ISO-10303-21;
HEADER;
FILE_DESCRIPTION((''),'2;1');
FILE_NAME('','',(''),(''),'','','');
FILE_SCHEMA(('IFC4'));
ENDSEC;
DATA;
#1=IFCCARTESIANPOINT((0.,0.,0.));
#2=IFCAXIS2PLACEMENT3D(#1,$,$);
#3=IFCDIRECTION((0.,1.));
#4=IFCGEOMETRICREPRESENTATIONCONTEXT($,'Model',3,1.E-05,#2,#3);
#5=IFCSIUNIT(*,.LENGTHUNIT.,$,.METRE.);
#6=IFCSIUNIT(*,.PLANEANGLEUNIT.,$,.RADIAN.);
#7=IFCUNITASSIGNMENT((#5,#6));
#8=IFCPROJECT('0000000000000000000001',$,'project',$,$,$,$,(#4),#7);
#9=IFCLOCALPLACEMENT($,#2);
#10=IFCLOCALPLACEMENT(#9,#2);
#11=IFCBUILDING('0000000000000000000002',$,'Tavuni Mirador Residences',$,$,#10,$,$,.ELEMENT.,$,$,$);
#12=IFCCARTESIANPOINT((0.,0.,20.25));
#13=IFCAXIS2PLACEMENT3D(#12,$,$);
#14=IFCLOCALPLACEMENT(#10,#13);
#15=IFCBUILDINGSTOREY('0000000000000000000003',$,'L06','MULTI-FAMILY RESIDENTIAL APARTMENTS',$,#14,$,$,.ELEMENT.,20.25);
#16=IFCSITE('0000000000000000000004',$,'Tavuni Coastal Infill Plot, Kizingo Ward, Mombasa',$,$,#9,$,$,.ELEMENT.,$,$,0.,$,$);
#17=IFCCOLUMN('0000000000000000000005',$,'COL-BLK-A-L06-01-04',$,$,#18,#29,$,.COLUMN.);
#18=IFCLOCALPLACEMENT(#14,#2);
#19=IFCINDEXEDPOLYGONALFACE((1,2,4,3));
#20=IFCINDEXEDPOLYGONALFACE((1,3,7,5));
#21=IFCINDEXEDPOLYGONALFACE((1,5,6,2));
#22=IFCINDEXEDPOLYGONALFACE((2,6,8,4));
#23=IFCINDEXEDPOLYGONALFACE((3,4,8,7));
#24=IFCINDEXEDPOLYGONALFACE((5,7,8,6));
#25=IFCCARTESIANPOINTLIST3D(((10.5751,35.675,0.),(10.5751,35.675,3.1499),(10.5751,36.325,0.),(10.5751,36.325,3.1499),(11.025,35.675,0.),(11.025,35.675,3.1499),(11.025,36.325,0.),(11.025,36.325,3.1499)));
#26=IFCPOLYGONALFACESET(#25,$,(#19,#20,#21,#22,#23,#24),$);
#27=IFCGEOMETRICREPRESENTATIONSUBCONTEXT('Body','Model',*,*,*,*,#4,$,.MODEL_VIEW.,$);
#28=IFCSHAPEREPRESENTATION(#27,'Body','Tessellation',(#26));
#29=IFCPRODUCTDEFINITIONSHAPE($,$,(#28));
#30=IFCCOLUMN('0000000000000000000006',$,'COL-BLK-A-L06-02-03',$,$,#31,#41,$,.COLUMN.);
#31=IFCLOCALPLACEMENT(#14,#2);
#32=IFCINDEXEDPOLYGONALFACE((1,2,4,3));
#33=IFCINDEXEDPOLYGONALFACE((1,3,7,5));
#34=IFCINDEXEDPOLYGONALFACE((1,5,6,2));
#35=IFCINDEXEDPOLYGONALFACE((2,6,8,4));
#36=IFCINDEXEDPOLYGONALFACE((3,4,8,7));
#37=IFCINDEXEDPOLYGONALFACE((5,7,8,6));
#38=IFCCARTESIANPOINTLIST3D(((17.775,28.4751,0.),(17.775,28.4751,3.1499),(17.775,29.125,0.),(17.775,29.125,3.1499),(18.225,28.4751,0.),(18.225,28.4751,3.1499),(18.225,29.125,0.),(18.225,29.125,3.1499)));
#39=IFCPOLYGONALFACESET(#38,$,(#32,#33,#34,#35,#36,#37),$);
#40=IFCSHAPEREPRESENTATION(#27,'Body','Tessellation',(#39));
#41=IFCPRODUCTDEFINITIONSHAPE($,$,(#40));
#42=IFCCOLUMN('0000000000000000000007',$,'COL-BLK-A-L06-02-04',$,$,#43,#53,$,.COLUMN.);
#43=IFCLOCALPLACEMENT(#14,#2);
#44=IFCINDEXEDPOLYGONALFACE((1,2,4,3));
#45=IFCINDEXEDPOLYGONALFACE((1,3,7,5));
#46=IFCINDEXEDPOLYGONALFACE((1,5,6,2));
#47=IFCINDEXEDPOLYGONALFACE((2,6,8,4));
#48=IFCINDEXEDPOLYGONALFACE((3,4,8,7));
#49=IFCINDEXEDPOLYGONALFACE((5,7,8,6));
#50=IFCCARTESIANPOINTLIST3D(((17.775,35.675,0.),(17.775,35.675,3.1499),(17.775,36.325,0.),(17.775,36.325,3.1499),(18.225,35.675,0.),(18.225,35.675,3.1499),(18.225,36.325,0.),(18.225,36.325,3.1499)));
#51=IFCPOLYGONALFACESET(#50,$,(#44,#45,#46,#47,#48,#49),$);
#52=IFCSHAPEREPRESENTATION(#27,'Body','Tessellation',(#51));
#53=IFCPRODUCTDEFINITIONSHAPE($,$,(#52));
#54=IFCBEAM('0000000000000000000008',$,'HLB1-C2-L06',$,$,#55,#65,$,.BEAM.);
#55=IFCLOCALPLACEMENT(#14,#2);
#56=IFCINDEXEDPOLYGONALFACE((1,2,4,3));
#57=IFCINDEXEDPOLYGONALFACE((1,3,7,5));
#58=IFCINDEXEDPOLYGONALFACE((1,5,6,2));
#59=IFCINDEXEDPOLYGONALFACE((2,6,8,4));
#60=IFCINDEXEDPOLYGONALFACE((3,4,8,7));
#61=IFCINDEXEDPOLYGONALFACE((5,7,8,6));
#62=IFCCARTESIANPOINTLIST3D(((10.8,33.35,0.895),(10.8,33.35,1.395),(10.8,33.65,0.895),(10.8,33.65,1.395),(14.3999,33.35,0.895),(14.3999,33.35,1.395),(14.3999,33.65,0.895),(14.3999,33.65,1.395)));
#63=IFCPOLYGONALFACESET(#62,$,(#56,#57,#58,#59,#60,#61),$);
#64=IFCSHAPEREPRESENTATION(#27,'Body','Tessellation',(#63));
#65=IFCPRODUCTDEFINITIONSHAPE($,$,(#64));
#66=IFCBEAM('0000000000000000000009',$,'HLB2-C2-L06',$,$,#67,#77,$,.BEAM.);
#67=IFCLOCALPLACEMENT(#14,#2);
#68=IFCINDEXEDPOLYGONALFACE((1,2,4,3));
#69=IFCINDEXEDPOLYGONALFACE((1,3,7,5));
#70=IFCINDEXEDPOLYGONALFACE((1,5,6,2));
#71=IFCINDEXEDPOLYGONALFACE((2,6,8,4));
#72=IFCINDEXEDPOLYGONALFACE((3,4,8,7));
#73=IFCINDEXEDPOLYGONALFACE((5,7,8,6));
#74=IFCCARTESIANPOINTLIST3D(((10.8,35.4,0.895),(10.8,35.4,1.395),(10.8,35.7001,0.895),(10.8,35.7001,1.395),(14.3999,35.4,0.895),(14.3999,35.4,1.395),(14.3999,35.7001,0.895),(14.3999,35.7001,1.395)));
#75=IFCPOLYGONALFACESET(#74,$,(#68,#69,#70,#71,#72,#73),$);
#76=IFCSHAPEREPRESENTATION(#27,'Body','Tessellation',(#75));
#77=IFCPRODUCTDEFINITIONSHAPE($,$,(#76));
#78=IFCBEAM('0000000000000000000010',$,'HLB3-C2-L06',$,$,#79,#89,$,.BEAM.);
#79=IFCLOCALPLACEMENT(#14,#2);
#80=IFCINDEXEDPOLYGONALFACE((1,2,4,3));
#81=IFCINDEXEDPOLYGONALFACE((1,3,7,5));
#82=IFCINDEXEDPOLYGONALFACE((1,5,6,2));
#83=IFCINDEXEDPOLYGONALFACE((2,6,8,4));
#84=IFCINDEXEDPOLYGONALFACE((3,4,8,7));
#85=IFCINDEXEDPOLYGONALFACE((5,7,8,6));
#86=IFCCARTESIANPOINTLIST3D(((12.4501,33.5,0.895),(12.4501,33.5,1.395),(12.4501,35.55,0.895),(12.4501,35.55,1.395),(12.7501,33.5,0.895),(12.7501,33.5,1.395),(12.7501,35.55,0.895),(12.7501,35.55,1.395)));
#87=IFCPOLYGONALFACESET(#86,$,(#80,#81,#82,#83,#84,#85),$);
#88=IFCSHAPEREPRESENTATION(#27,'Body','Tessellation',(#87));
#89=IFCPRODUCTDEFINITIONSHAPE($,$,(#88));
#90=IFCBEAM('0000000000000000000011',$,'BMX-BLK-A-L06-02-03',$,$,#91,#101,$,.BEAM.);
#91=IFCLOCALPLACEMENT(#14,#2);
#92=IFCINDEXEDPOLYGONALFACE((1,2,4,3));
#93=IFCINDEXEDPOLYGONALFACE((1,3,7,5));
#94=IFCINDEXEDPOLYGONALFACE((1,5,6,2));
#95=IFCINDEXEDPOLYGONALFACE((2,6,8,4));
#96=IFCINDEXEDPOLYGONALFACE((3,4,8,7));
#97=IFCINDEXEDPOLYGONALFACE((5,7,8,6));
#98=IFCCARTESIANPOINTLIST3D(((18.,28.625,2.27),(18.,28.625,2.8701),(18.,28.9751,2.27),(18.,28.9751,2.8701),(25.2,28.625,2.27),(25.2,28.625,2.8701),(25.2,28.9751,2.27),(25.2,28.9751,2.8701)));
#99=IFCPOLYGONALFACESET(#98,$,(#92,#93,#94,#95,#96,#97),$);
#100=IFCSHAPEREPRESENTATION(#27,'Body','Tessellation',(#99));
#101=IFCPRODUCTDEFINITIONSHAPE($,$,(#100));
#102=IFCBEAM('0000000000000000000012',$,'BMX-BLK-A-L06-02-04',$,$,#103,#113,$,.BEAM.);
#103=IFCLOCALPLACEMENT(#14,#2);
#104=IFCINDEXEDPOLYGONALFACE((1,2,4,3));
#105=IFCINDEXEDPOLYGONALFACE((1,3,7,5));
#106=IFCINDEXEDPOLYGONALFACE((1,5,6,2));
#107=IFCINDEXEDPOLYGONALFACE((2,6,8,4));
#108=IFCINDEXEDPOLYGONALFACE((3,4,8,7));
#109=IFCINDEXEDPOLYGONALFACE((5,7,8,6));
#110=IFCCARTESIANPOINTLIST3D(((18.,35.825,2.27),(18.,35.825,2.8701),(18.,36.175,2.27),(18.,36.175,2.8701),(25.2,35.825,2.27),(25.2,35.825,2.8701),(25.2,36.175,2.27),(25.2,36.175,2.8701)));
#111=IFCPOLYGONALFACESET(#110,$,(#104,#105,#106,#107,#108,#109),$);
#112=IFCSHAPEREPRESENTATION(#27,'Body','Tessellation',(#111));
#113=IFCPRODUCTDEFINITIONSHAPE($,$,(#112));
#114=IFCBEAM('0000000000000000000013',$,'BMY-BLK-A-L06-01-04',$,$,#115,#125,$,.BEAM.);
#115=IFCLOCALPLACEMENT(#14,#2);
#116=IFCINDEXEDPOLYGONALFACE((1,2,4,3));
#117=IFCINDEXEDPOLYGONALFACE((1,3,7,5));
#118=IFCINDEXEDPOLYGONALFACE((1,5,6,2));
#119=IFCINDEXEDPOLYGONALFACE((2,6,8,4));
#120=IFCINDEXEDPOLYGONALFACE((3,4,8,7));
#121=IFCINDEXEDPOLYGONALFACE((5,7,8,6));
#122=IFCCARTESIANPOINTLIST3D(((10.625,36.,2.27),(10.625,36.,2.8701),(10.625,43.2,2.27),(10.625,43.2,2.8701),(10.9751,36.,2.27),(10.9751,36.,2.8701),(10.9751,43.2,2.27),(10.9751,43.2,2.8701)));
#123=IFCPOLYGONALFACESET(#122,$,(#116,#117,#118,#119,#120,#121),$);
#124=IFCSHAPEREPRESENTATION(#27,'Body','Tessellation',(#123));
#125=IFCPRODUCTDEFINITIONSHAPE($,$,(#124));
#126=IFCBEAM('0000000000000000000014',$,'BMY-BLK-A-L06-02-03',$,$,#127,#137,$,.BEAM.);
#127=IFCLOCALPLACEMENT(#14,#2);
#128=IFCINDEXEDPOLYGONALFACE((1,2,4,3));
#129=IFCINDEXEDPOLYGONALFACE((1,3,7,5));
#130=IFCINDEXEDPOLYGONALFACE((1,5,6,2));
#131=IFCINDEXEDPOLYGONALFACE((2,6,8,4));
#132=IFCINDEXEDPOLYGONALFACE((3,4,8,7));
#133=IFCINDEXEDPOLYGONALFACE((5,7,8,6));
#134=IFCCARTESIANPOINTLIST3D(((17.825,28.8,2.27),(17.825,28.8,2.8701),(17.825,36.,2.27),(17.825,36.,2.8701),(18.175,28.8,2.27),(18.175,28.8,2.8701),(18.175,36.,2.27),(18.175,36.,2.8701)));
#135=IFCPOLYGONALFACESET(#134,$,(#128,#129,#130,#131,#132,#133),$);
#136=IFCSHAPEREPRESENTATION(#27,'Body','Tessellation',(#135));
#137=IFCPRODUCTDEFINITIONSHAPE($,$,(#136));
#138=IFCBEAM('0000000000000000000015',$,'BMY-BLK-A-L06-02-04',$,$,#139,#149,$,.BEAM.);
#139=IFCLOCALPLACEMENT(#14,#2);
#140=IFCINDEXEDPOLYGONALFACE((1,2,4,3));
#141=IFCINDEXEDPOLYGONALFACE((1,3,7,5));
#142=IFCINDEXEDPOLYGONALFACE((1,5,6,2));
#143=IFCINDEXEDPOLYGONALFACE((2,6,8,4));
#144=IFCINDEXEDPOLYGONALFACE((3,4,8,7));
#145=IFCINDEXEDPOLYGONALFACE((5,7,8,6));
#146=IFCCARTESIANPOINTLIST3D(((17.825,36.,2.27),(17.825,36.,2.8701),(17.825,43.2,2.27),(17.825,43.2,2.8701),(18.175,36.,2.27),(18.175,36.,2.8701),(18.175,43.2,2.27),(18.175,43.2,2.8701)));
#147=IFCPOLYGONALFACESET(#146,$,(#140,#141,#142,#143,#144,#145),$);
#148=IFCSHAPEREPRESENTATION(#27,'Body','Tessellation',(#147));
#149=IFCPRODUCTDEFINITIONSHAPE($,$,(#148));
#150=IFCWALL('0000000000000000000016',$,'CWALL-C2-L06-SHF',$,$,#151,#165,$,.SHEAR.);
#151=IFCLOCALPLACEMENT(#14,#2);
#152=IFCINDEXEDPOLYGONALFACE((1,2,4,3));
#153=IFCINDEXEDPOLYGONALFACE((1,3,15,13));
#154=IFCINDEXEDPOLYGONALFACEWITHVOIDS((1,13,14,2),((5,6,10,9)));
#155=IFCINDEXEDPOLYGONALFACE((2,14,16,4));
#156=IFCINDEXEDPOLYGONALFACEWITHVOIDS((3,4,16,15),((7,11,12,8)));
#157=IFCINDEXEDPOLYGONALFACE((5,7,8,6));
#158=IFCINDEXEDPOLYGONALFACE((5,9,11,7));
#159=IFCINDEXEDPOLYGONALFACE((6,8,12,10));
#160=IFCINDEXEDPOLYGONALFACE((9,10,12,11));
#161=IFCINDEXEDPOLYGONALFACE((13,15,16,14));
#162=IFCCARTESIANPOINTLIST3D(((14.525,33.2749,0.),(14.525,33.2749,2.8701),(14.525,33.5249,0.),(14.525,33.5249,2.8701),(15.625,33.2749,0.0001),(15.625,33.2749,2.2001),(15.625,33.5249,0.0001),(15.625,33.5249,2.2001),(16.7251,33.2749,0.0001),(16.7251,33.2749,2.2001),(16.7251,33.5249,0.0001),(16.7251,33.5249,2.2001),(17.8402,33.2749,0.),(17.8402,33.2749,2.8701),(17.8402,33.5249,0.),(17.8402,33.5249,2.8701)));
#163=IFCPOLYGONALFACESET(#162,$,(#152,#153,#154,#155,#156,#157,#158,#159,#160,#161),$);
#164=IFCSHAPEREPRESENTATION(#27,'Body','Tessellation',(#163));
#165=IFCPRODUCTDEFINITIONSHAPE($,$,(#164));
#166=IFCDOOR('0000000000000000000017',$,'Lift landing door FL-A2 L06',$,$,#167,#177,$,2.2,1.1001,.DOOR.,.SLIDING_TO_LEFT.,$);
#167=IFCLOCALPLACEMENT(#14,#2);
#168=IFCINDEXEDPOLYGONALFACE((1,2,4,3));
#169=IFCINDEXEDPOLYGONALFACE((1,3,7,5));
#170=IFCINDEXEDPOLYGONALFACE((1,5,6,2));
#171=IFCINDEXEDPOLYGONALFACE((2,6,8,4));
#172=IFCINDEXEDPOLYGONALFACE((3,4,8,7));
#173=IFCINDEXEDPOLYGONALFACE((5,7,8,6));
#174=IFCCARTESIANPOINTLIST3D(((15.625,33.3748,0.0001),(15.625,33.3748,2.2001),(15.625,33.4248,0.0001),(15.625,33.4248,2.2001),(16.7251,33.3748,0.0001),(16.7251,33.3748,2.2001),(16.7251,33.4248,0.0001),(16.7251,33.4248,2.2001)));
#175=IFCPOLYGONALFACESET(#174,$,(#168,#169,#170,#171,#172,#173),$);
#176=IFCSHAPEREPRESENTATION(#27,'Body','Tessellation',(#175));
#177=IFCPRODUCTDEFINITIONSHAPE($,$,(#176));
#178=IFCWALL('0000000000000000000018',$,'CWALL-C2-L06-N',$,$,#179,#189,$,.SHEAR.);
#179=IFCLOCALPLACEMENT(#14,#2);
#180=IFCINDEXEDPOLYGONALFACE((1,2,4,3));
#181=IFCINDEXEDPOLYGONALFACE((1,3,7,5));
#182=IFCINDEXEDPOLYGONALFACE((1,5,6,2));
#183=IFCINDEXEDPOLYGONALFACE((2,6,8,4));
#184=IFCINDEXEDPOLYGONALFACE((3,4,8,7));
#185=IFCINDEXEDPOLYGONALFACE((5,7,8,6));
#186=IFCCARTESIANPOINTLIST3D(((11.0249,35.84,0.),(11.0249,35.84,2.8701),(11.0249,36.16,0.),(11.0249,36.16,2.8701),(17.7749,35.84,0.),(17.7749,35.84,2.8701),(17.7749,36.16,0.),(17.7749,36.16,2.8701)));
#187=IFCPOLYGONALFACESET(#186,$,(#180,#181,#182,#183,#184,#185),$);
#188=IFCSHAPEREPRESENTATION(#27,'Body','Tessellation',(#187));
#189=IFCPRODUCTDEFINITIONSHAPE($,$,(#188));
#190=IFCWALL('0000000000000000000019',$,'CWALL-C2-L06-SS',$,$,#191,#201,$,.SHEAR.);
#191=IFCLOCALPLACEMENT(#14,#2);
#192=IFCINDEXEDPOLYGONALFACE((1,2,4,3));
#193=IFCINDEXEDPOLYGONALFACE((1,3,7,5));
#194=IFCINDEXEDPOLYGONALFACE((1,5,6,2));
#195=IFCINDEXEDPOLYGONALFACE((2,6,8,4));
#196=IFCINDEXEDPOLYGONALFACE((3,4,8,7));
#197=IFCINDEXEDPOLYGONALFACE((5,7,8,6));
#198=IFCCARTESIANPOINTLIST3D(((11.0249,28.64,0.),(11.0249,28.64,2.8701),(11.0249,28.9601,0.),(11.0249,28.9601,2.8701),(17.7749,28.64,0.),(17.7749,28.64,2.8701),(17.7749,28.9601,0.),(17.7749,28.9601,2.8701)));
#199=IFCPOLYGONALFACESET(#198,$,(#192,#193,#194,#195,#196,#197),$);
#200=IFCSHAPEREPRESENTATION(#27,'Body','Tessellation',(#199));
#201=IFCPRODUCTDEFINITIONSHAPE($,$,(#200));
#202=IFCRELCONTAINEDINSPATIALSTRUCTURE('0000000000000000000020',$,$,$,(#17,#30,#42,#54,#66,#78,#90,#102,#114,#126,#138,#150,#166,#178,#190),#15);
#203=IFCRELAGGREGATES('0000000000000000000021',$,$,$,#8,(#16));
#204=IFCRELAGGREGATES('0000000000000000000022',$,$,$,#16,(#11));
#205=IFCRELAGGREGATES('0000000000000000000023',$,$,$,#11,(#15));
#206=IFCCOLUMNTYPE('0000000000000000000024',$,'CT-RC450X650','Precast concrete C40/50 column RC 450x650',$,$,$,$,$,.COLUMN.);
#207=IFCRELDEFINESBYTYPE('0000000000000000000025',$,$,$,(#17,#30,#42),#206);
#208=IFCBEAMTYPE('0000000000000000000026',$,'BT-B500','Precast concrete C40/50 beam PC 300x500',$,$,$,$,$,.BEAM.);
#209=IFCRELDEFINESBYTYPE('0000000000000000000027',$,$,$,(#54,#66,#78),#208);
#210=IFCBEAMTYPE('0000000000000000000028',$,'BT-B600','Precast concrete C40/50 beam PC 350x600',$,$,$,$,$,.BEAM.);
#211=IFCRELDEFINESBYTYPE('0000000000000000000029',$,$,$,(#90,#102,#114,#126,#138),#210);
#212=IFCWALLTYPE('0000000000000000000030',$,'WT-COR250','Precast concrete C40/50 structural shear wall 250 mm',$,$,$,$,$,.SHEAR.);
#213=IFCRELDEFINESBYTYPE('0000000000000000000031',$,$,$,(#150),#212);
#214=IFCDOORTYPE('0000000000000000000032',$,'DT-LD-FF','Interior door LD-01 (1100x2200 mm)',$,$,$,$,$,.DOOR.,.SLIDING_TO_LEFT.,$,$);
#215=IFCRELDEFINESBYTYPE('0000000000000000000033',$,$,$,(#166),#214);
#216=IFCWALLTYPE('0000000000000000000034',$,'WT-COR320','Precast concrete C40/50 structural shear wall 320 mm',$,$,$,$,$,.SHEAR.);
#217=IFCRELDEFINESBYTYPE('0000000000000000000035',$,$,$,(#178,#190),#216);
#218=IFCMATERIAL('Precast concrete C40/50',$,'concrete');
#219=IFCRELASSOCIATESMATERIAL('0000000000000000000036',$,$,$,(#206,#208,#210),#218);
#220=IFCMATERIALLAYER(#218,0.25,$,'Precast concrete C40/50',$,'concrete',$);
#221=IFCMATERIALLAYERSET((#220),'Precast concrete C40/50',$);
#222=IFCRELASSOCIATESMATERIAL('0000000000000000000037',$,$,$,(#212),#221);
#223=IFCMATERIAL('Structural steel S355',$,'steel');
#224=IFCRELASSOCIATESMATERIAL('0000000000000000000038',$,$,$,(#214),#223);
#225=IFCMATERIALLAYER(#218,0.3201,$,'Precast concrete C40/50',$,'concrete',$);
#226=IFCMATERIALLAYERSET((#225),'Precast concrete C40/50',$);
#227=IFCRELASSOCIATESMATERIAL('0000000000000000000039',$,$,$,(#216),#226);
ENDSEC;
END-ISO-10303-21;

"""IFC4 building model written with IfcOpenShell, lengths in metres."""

from ifc_helpers import new_model, si_unit, direction, frame, frame_2d, origin, origin_2d, place, context, subcontext, project, spatial, rectangle, extrude, material, layer, layer_set, material_profile, profile_set, type_object, element, fill, save


model = new_model("IFC4")

# Units and contexts
model_context = context("Model", 3, precision=1e-05, world=origin(), true_north=direction((0.0, 1.0)))
body_context = subcontext(model_context, "Body", "Model", "MODEL_VIEW")
ifc_project = project(units=[si_unit("LENGTHUNIT", "METRE"), si_unit("PLANEANGLEUNIT", "RADIAN")], contexts=[model_context])

# Site, building, storey
site_placement = place(None, origin())
site = spatial("IfcSite", under=ifc_project, at=site_placement, Name="Tavuni Coastal Infill Plot, Kizingo Ward, Mombasa", CompositionType="ELEMENT", RefElevation=0.0)
building_placement = place(site_placement, origin())
building = spatial("IfcBuilding", under=site, at=building_placement, Name="Tavuni Mirador Residences", CompositionType="ELEMENT")
storey_placement = place(building_placement, frame((0.0, 0.0, 20.25)))
storey = spatial("IfcBuildingStorey", under=building, at=storey_placement, Name="L06", Description="MULTI-FAMILY RESIDENTIAL APARTMENTS", CompositionType="ELEMENT", Elevation=20.25)

# Columns
ifc_material_1 = material(Name="Precast concrete C40/50", Category="concrete")
ifc_material_profile_1 = material_profile(ifc_material_1, rectangle(XDim=0.45, YDim=0.6499, at=origin_2d()), Name="RC 450x650", Category="concrete")
ifc_profile_set_1 = profile_set([ifc_material_profile_1], Name="Precast concrete C40/50")
column_type = type_object("IfcColumnType", Name="CT-RC450X650", Description="Precast concrete C40/50 column RC 450x650", PredefinedType="COLUMN", material=ifc_profile_set_1)
for number, where, z_axis, x_axis, name in (
    (1, (10.8, 36.0, 0.0), (0.0, 0.0, 1.0), (1.0, 0.0, 0.0), "COL-BLK-A-L06-01-04"),
    (2, (18.0, 28.8, 0.0), (0.0, 0.0, 1.0), (1.0, 0.0, 0.0), "COL-BLK-A-L06-02-03"),
    (3, (18.0, 36.0, 0.0), (0.0, 0.0, 1.0), (1.0, 0.0, 0.0), "COL-BLK-A-L06-02-04"),
):
    element("IfcColumn", number, at=place(storey_placement, frame(where, z_axis=z_axis, x_axis=x_axis)), inside=storey, type_object=column_type, Name=name, PredefinedType="COLUMN", context=body_context, shape_type="SweptSolid", body=[
        extrude(rectangle(XDim=0.45, YDim=0.6499, at=origin_2d()), origin(), (0.0, 0.0, 1.0), 3.1499),
    ])

# Beams
ifc_material_profile_2 = material_profile(ifc_material_1, rectangle(XDim=0.3, YDim=0.5, at=origin_2d()), Name="PC 300x500", Category="concrete")
ifc_profile_set_2 = profile_set([ifc_material_profile_2], Name="Precast concrete C40/50")
beam_type_1 = type_object("IfcBeamType", Name="BT-B500", Description="Precast concrete C40/50 beam PC 300x500", PredefinedType="BEAM", material=ifc_profile_set_2)
for number, where, z_axis, x_axis, name in (
    (4, (10.8, 33.5, 1.145), (1.0, 0.0, 0.0), (0.0, 1.0, 0.0), "HLB1-C2-L06"),
    (5, (10.8, 35.55, 1.145), (1.0, 0.0, 0.0), (0.0, 1.0, 0.0), "HLB2-C2-L06"),
):
    element("IfcBeam", number, at=place(storey_placement, frame(where, z_axis=z_axis, x_axis=x_axis)), inside=storey, type_object=beam_type_1, Name=name, PredefinedType="BEAM", context=body_context, shape_type="SweptSolid", body=[
        extrude(rectangle(XDim=0.3, YDim=0.5, at=origin_2d()), origin(), (0.0, 0.0, 1.0), 3.5999),
    ])
beam_placement = place(storey_placement, frame((12.6001, 33.5, 1.145), z_axis=(0.0, 1.0, 0.0), x_axis=(-1.0, 0.0, 0.0)))
element("IfcBeam", 6, at=beam_placement, inside=storey, type_object=beam_type_1, Name="HLB3-C2-L06", PredefinedType="BEAM", context=body_context, shape_type="SweptSolid", body=[
    extrude(rectangle(XDim=0.3, YDim=0.5, at=origin_2d()), origin(), (0.0, 0.0, 1.0), 2.05),
])
ifc_material_profile_3 = material_profile(ifc_material_1, rectangle(XDim=0.3501, YDim=0.6001, at=origin_2d()), Name="PC 350x600", Category="concrete")
ifc_profile_set_3 = profile_set([ifc_material_profile_3], Name="Precast concrete C40/50")
beam_type_2 = type_object("IfcBeamType", Name="BT-B600", Description="Precast concrete C40/50 beam PC 350x600", PredefinedType="BEAM", material=ifc_profile_set_3)
for number, where, z_axis, x_axis, name in (
    (7, (18.0, 28.8, 2.5701), (1.0, 0.0, 0.0), (0.0, 1.0, 0.0), "BMX-BLK-A-L06-02-03"),
    (8, (18.0, 36.0, 2.5701), (1.0, 0.0, 0.0), (0.0, 1.0, 0.0), "BMX-BLK-A-L06-02-04"),
    (9, (10.8, 36.0, 2.5701), (0.0, 1.0, 0.0), (-1.0, 0.0, 0.0), "BMY-BLK-A-L06-01-04"),
    (10, (18.0, 28.8, 2.5701), (0.0, 1.0, 0.0), (-1.0, 0.0, 0.0), "BMY-BLK-A-L06-02-03"),
    (11, (18.0, 36.0, 2.5701), (0.0, 1.0, 0.0), (-1.0, 0.0, 0.0), "BMY-BLK-A-L06-02-04"),
):
    element("IfcBeam", number, at=place(storey_placement, frame(where, z_axis=z_axis, x_axis=x_axis)), inside=storey, type_object=beam_type_2, Name=name, PredefinedType="BEAM", context=body_context, shape_type="SweptSolid", body=[
        extrude(rectangle(XDim=0.3501, YDim=0.6001, at=origin_2d()), origin(), (0.0, 0.0, 1.0), 7.2),
    ])

# Wall, opening, door
ifc_layer_1 = layer(ifc_material_1, 0.25, Name="Precast concrete C40/50", Category="concrete")
ifc_layer_set_1 = layer_set([ifc_layer_1], Name="Precast concrete C40/50")
wall_type_1 = type_object("IfcWallType", Name="WT-COR250", Description="Precast concrete C40/50 structural shear wall 250 mm", PredefinedType="SHEAR", material=ifc_layer_set_1)
wall_1_placement = place(storey_placement, frame((14.5249, 33.3999, 0.0), z_axis=(0.0, 0.0, 1.0), x_axis=(1.0, 0.0, 0.0)))
wall_1 = element("IfcWall", 12, at=wall_1_placement, inside=storey, type_object=wall_type_1, Name="CWALL-C2-L06-SHF", PredefinedType="SHEAR", context=body_context, shape_type="SweptSolid", body=[
    extrude(rectangle(XDim=3.3152, YDim=0.25, at=frame_2d((1.6577, 0.0))), origin(), (0.0, 0.0, 1.0), 2.8701),
])
opening_1_placement = place(wall_1_placement, frame((1.1001, 0.0, 0.0)))
opening_1 = element("IfcOpeningElement", 13, at=opening_1_placement, cuts=wall_1, PredefinedType="OPENING", context=body_context, shape_type="SweptSolid", body=[
    extrude(rectangle(XDim=1.1001, YDim=2.2, at=frame_2d((0.55, 1.1001))), frame((0.0, 0.135, 0.0), z_axis=(0.0, -1.0, 0.0), x_axis=(1.0, 0.0, 0.0)), (0.0, 0.0, 1.0), 0.27),
])
ifc_material_2 = material(Name="Structural steel S355", Category="steel")
door_type_1 = type_object("IfcDoorType", Name="DT-LD-FF", Description="Interior door LD-01 (1100x2200 mm)", OperationType="SLIDING_TO_LEFT", PredefinedType="DOOR", material=ifc_material_2)
door_1_placement = place(opening_1_placement, origin())
door_1 = element("IfcDoor", 14, at=door_1_placement, inside=storey, type_object=door_type_1, Name="Lift landing door FL-A2 L06", OperationType="SLIDING_TO_LEFT", OverallHeight=2.2, OverallWidth=1.1001, PredefinedType="DOOR", context=body_context, shape_type="SweptSolid", body=[
    extrude(rectangle(XDim=1.1001, YDim=2.2, at=frame_2d((0.55, 1.1001))), frame((0.0, 0.0249, 0.0), z_axis=(0.0, -1.0, 0.0), x_axis=(1.0, 0.0, 0.0)), (0.0, 0.0, 1.0), 0.05),
])
fill(opening_1, door_1)

# Wall
ifc_layer_2 = layer(ifc_material_1, 0.3201, Name="Precast concrete C40/50", Category="concrete")
ifc_layer_set_2 = layer_set([ifc_layer_2], Name="Precast concrete C40/50")
wall_type_2 = type_object("IfcWallType", Name="WT-COR320", Description="Precast concrete C40/50 structural shear wall 320 mm", PredefinedType="SHEAR", material=ifc_layer_set_2)
wall_2_placement = place(storey_placement, frame((11.0249, 36.0, 0.0), z_axis=(0.0, 0.0, 1.0), x_axis=(1.0, 0.0, 0.0)))
element("IfcWall", 15, at=wall_2_placement, inside=storey, type_object=wall_type_2, Name="CWALL-C2-L06-N", PredefinedType="SHEAR", context=body_context, shape_type="SweptSolid", body=[
    extrude(rectangle(XDim=6.75, YDim=0.3201, at=frame_2d((3.375, 0.0))), origin(), (0.0, 0.0, 1.0), 2.8701),
])

# Wall
wall_3_placement = place(storey_placement, frame((11.0249, 28.8, 0.0), z_axis=(0.0, 0.0, 1.0), x_axis=(1.0, 0.0, 0.0)))
element("IfcWall", 16, at=wall_3_placement, inside=storey, type_object=wall_type_2, Name="CWALL-C2-L06-SS", PredefinedType="SHEAR", context=body_context, shape_type="SweptSolid", body=[
    extrude(rectangle(XDim=6.75, YDim=0.3201, at=frame_2d((3.375, 0.0))), origin(), (0.0, 0.0, 1.0), 2.8701),
])

save(model, "model.ifc")
